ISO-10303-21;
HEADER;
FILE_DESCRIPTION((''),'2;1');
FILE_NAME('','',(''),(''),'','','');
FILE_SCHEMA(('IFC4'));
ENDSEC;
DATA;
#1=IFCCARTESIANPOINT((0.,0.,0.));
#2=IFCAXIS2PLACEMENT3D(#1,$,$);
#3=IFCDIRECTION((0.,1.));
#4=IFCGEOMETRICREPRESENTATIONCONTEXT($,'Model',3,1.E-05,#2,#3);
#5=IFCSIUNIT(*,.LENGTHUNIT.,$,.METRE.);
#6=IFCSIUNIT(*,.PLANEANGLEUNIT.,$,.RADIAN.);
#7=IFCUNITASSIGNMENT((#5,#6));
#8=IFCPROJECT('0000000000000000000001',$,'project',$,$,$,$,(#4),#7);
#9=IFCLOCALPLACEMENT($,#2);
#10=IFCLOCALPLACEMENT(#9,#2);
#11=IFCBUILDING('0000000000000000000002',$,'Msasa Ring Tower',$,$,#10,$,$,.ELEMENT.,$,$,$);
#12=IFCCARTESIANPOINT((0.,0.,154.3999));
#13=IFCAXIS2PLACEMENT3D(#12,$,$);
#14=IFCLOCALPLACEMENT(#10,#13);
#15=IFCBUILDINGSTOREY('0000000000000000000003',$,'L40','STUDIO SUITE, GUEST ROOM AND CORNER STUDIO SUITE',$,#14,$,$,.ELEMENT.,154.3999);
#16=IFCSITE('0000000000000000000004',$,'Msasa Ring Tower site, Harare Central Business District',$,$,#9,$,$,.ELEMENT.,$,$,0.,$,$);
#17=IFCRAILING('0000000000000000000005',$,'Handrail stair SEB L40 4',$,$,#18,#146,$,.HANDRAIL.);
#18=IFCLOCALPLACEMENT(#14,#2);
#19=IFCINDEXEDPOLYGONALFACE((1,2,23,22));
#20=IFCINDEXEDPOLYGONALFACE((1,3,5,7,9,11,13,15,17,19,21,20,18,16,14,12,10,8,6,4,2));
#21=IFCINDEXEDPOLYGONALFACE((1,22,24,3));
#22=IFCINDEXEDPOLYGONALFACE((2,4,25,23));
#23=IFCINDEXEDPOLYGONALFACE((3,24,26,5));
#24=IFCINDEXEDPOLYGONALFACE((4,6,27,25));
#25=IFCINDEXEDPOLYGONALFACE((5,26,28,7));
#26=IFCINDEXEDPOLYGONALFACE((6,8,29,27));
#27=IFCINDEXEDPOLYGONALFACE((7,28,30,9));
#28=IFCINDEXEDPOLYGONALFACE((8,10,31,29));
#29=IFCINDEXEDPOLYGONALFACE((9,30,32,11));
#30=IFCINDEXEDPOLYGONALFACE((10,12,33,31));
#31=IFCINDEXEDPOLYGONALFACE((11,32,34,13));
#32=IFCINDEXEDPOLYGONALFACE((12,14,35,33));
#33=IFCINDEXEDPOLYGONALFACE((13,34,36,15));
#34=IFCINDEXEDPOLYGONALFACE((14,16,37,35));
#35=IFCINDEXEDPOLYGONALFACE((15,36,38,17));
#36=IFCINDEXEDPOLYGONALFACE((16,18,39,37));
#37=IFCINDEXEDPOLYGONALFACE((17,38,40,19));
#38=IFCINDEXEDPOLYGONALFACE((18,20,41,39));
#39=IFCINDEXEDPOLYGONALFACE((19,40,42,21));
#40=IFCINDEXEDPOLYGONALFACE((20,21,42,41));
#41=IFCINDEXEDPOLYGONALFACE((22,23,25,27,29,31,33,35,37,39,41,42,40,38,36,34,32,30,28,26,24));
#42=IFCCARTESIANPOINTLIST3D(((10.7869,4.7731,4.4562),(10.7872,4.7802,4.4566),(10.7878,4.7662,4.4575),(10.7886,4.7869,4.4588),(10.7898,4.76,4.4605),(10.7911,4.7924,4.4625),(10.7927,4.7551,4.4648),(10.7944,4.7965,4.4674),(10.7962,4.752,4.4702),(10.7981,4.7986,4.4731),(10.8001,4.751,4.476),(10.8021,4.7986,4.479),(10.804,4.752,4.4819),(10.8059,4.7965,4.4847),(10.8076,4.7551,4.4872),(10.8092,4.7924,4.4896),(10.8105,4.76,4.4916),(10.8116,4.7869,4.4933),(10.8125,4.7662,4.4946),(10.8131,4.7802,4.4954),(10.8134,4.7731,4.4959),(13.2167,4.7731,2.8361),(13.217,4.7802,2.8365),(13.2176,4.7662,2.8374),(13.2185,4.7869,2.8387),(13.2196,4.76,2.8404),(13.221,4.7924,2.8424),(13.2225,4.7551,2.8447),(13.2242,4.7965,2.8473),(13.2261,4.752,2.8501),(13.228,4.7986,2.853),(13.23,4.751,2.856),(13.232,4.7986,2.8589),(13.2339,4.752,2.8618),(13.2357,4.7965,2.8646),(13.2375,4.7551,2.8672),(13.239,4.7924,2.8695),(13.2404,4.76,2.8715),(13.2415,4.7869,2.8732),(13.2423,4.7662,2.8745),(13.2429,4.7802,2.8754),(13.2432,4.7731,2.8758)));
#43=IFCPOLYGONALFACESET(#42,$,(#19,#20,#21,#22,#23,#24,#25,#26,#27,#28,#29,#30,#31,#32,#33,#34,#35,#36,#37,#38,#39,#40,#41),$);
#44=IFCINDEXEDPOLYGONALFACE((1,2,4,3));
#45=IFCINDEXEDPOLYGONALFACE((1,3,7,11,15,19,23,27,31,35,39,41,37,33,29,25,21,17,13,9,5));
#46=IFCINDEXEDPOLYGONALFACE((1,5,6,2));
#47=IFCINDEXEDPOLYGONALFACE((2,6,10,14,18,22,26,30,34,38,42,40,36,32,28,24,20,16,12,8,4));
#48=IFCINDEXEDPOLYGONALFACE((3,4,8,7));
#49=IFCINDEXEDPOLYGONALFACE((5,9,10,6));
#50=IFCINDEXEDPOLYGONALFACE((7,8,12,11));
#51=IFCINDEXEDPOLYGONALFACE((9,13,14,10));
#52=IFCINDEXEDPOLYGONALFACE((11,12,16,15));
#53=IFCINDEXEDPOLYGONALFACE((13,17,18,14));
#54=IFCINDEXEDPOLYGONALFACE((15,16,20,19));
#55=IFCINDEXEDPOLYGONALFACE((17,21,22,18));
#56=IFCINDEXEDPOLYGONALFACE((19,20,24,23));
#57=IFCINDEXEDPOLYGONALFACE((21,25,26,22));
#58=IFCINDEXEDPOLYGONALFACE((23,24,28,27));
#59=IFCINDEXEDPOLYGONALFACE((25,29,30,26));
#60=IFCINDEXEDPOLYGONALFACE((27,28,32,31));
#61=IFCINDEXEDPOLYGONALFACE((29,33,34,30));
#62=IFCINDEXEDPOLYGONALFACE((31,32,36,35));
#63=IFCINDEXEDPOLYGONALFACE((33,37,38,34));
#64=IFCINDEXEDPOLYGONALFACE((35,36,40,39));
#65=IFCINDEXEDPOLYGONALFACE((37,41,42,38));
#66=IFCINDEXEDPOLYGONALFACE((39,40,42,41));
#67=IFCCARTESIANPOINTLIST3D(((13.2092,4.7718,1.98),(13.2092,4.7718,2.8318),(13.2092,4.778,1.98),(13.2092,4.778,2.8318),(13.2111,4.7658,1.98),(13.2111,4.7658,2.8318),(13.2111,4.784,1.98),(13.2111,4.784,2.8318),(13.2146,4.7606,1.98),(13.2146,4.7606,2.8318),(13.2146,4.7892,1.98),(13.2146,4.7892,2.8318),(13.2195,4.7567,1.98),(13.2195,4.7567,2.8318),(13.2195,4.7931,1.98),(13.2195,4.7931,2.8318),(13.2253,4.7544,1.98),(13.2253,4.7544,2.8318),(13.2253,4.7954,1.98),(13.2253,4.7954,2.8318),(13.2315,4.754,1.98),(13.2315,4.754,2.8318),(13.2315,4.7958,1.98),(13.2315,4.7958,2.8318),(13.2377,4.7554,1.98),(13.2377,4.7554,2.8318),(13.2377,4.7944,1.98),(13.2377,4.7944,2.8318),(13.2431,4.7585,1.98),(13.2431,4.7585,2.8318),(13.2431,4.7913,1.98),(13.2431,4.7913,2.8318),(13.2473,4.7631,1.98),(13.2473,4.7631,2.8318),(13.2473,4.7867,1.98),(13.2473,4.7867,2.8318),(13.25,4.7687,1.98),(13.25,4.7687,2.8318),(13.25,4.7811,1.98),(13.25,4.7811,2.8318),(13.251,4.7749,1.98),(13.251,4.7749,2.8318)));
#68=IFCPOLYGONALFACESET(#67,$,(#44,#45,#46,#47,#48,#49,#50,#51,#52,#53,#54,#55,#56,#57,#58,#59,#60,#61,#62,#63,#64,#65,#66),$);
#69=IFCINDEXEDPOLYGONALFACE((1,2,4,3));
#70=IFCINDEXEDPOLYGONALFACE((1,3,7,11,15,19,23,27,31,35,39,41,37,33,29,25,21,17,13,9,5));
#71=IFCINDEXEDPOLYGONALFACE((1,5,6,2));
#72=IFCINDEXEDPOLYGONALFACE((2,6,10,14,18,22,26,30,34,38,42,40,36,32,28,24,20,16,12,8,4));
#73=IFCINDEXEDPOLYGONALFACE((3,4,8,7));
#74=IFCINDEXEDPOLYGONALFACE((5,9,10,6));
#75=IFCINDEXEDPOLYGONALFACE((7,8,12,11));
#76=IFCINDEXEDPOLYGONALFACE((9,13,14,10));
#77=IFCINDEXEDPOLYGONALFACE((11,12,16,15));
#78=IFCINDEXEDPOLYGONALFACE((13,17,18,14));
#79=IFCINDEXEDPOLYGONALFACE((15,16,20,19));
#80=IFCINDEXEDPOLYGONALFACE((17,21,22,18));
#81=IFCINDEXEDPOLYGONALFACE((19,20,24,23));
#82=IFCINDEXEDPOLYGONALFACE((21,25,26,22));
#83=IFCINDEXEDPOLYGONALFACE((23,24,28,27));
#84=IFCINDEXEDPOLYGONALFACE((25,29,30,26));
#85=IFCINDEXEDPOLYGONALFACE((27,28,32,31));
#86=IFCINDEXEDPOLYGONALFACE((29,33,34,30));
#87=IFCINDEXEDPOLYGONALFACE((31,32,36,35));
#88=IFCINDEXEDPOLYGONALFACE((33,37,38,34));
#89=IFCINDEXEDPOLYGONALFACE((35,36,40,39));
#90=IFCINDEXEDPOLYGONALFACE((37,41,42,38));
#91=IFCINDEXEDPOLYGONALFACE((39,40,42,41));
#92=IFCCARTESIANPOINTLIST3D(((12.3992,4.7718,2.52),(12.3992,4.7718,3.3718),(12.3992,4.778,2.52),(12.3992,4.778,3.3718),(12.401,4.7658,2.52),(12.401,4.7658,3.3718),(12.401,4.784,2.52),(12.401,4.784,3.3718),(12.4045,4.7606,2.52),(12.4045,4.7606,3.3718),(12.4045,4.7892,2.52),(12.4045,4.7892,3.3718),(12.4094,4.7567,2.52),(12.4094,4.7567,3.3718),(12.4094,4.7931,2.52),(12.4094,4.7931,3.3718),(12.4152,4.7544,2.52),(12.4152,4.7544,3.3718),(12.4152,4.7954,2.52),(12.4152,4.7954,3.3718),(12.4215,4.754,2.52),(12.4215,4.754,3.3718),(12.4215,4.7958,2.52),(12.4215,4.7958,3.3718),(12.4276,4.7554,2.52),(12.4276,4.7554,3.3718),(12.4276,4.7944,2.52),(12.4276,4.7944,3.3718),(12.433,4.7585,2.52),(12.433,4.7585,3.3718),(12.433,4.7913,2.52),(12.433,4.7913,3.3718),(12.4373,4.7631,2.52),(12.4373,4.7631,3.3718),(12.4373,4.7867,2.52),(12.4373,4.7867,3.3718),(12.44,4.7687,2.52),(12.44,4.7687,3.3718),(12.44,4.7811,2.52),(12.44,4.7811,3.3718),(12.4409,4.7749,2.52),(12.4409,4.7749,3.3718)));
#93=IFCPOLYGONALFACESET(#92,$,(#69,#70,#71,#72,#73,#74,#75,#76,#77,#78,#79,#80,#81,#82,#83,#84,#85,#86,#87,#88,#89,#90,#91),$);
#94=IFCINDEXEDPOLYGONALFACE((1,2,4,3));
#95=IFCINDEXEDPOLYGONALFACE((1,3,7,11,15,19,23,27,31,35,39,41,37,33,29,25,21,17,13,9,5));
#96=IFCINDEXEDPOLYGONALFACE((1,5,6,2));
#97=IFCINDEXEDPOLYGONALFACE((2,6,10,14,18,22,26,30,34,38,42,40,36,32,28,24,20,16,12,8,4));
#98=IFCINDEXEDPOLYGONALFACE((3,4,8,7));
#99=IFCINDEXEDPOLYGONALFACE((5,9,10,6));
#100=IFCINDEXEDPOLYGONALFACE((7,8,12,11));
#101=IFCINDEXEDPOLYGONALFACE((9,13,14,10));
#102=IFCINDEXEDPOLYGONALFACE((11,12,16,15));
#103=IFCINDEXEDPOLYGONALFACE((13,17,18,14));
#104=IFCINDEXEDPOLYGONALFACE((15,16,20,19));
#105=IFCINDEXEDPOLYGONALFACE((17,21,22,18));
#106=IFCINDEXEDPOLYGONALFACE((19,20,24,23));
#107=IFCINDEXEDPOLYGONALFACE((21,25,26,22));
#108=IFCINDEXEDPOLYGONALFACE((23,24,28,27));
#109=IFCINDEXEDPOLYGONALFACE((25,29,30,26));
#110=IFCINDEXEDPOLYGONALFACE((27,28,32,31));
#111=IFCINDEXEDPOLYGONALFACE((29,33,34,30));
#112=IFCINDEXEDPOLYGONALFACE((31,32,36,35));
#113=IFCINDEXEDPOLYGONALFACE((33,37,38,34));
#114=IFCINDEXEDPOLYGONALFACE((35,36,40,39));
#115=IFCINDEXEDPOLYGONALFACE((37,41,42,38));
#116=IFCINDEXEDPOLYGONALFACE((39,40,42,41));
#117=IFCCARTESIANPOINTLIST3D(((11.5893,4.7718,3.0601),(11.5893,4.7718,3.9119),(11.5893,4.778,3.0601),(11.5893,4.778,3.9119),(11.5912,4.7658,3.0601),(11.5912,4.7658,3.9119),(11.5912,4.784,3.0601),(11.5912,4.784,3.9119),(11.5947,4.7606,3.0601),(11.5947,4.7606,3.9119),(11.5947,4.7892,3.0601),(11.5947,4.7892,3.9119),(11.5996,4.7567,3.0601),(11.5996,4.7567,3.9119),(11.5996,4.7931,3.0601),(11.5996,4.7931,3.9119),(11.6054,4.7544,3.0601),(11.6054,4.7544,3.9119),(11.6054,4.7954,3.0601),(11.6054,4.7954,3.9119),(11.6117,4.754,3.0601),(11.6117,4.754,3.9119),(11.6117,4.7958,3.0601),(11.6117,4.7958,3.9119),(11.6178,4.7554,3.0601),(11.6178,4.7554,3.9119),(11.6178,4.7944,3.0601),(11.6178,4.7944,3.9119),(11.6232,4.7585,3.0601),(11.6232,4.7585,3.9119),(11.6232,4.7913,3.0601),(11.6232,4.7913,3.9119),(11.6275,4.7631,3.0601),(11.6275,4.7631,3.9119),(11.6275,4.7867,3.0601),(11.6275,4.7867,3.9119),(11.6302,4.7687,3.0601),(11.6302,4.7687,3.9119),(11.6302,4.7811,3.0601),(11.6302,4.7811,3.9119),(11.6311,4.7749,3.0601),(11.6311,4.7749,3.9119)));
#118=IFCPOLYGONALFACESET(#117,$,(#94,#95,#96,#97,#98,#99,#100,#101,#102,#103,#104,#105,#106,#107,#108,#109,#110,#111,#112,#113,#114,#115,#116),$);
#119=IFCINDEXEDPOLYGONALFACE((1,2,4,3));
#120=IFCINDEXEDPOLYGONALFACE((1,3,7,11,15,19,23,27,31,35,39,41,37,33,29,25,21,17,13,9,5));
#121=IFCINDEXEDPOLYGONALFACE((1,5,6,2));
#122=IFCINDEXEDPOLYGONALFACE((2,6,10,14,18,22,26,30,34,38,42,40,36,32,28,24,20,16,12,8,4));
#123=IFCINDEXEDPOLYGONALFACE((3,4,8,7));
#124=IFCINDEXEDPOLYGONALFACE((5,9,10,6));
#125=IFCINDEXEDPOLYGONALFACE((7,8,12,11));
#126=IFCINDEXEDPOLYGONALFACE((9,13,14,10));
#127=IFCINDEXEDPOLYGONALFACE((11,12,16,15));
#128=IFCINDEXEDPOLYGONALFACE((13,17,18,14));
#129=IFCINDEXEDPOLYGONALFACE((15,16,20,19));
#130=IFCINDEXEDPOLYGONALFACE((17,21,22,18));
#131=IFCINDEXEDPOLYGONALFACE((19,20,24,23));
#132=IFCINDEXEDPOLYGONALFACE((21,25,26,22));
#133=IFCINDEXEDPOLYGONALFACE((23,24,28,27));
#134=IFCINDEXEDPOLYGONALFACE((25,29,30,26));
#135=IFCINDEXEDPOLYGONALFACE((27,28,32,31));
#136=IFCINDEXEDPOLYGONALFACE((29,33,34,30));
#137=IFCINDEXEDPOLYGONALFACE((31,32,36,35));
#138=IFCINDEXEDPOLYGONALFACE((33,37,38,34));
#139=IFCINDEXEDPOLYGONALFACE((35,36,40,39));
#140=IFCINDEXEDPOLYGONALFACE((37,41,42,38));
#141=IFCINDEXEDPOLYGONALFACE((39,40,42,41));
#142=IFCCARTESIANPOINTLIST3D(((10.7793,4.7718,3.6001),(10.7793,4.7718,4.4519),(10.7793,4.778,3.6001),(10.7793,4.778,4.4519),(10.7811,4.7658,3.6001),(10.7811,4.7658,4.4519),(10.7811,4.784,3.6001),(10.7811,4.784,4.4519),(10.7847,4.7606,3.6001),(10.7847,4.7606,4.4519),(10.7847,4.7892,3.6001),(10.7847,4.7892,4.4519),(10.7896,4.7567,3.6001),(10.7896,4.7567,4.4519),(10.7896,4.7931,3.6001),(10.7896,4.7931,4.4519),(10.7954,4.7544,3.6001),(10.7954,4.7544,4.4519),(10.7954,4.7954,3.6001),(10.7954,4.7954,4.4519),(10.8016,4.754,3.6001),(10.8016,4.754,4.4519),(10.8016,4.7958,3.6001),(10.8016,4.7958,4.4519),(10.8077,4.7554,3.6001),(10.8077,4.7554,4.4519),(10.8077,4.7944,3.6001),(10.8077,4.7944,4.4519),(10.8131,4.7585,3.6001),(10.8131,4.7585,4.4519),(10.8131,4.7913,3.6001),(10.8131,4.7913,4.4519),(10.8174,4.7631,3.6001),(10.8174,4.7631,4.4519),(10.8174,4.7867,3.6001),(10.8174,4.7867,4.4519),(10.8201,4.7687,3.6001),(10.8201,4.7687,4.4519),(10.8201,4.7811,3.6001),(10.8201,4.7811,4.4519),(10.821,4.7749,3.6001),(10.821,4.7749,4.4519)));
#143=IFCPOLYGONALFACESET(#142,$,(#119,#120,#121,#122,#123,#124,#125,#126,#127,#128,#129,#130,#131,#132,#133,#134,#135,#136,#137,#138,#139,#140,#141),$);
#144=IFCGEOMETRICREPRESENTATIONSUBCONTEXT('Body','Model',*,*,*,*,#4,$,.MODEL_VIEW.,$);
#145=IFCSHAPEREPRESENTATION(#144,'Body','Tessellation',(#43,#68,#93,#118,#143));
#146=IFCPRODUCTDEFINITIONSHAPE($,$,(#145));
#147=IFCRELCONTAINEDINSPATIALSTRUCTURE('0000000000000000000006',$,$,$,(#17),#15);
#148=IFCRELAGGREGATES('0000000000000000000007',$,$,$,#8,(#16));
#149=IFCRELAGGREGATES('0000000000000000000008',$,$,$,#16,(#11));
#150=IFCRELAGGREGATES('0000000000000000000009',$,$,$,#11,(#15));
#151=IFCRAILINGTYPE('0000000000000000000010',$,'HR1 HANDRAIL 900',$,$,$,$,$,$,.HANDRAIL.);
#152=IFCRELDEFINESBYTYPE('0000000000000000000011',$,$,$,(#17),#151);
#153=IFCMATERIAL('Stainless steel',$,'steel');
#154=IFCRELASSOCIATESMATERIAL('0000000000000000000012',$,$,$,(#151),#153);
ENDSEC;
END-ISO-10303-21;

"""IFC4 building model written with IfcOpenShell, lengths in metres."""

from ifc_helpers import new_model, si_unit, direction, frame, origin, origin_2d, place, context, subcontext, project, spatial, circle, extrude, material, type_object, element, save


model = new_model("IFC4")

# Units and contexts
model_context = context("Model", 3, precision=1e-05, world=origin(), true_north=direction((0.0, 1.0)))
body_context = subcontext(model_context, "Body", "Model", "MODEL_VIEW")
ifc_project = project(units=[si_unit("LENGTHUNIT", "METRE"), si_unit("PLANEANGLEUNIT", "RADIAN")], contexts=[model_context])

# Site, building, storey
site_placement = place(None, origin())
site = spatial("IfcSite", under=ifc_project, at=site_placement, Name="Msasa Ring Tower site, Harare Central Business District", CompositionType="ELEMENT", RefElevation=0.0)
building_placement = place(site_placement, origin())
building = spatial("IfcBuilding", under=site, at=building_placement, Name="Msasa Ring Tower", CompositionType="ELEMENT")
storey_placement = place(building_placement, frame((0.0, 0.0, 154.3999)))
storey = spatial("IfcBuildingStorey", under=building, at=storey_placement, Name="L40", Description="STUDIO SUITE, GUEST ROOM AND CORNER STUDIO SUITE", CompositionType="ELEMENT", Elevation=154.3999)

# Railing
ifc_material_1 = material(Name="Stainless steel", Category="steel")
railing_type = type_object("IfcRailingType", Name="HR1 HANDRAIL 900", PredefinedType="HANDRAIL", material=ifc_material_1)
for number, where, name in (
    (1, (13.23, 4.7749, 1.98), "Handrail stair SEB L40 4"),
):
    element("IfcRailing", number, at=place(storey_placement, frame(where)), inside=storey, type_object=railing_type, Name=name, PredefinedType="HANDRAIL", context=body_context, shape_type="SweptSolid", body=[
        extrude(circle(Radius=0.0239, at=origin_2d()), frame((0.0, 0.0, 0.876), z_axis=(-0.832025, 0.0, 0.554739), x_axis=(0.0, -1.0, 0.0)), (0.0, 0.0, 1.0), 2.9204),
        extrude(circle(Radius=0.021, at=origin_2d()), origin(), (0.0, 0.0, 1.0), 0.8518),
        extrude(circle(Radius=0.021, at=origin_2d()), frame((-0.8101, 0.0, 0.54)), (0.0, 0.0, 1.0), 0.8518),
        extrude(circle(Radius=0.021, at=origin_2d()), frame((-1.6199, 0.0, 1.0801)), (0.0, 0.0, 1.0), 0.8518),
        extrude(circle(Radius=0.021, at=origin_2d()), frame((-2.4299, 0.0, 1.6201)), (0.0, 0.0, 1.0), 0.8518),
    ])

save(model, "model.ifc")
